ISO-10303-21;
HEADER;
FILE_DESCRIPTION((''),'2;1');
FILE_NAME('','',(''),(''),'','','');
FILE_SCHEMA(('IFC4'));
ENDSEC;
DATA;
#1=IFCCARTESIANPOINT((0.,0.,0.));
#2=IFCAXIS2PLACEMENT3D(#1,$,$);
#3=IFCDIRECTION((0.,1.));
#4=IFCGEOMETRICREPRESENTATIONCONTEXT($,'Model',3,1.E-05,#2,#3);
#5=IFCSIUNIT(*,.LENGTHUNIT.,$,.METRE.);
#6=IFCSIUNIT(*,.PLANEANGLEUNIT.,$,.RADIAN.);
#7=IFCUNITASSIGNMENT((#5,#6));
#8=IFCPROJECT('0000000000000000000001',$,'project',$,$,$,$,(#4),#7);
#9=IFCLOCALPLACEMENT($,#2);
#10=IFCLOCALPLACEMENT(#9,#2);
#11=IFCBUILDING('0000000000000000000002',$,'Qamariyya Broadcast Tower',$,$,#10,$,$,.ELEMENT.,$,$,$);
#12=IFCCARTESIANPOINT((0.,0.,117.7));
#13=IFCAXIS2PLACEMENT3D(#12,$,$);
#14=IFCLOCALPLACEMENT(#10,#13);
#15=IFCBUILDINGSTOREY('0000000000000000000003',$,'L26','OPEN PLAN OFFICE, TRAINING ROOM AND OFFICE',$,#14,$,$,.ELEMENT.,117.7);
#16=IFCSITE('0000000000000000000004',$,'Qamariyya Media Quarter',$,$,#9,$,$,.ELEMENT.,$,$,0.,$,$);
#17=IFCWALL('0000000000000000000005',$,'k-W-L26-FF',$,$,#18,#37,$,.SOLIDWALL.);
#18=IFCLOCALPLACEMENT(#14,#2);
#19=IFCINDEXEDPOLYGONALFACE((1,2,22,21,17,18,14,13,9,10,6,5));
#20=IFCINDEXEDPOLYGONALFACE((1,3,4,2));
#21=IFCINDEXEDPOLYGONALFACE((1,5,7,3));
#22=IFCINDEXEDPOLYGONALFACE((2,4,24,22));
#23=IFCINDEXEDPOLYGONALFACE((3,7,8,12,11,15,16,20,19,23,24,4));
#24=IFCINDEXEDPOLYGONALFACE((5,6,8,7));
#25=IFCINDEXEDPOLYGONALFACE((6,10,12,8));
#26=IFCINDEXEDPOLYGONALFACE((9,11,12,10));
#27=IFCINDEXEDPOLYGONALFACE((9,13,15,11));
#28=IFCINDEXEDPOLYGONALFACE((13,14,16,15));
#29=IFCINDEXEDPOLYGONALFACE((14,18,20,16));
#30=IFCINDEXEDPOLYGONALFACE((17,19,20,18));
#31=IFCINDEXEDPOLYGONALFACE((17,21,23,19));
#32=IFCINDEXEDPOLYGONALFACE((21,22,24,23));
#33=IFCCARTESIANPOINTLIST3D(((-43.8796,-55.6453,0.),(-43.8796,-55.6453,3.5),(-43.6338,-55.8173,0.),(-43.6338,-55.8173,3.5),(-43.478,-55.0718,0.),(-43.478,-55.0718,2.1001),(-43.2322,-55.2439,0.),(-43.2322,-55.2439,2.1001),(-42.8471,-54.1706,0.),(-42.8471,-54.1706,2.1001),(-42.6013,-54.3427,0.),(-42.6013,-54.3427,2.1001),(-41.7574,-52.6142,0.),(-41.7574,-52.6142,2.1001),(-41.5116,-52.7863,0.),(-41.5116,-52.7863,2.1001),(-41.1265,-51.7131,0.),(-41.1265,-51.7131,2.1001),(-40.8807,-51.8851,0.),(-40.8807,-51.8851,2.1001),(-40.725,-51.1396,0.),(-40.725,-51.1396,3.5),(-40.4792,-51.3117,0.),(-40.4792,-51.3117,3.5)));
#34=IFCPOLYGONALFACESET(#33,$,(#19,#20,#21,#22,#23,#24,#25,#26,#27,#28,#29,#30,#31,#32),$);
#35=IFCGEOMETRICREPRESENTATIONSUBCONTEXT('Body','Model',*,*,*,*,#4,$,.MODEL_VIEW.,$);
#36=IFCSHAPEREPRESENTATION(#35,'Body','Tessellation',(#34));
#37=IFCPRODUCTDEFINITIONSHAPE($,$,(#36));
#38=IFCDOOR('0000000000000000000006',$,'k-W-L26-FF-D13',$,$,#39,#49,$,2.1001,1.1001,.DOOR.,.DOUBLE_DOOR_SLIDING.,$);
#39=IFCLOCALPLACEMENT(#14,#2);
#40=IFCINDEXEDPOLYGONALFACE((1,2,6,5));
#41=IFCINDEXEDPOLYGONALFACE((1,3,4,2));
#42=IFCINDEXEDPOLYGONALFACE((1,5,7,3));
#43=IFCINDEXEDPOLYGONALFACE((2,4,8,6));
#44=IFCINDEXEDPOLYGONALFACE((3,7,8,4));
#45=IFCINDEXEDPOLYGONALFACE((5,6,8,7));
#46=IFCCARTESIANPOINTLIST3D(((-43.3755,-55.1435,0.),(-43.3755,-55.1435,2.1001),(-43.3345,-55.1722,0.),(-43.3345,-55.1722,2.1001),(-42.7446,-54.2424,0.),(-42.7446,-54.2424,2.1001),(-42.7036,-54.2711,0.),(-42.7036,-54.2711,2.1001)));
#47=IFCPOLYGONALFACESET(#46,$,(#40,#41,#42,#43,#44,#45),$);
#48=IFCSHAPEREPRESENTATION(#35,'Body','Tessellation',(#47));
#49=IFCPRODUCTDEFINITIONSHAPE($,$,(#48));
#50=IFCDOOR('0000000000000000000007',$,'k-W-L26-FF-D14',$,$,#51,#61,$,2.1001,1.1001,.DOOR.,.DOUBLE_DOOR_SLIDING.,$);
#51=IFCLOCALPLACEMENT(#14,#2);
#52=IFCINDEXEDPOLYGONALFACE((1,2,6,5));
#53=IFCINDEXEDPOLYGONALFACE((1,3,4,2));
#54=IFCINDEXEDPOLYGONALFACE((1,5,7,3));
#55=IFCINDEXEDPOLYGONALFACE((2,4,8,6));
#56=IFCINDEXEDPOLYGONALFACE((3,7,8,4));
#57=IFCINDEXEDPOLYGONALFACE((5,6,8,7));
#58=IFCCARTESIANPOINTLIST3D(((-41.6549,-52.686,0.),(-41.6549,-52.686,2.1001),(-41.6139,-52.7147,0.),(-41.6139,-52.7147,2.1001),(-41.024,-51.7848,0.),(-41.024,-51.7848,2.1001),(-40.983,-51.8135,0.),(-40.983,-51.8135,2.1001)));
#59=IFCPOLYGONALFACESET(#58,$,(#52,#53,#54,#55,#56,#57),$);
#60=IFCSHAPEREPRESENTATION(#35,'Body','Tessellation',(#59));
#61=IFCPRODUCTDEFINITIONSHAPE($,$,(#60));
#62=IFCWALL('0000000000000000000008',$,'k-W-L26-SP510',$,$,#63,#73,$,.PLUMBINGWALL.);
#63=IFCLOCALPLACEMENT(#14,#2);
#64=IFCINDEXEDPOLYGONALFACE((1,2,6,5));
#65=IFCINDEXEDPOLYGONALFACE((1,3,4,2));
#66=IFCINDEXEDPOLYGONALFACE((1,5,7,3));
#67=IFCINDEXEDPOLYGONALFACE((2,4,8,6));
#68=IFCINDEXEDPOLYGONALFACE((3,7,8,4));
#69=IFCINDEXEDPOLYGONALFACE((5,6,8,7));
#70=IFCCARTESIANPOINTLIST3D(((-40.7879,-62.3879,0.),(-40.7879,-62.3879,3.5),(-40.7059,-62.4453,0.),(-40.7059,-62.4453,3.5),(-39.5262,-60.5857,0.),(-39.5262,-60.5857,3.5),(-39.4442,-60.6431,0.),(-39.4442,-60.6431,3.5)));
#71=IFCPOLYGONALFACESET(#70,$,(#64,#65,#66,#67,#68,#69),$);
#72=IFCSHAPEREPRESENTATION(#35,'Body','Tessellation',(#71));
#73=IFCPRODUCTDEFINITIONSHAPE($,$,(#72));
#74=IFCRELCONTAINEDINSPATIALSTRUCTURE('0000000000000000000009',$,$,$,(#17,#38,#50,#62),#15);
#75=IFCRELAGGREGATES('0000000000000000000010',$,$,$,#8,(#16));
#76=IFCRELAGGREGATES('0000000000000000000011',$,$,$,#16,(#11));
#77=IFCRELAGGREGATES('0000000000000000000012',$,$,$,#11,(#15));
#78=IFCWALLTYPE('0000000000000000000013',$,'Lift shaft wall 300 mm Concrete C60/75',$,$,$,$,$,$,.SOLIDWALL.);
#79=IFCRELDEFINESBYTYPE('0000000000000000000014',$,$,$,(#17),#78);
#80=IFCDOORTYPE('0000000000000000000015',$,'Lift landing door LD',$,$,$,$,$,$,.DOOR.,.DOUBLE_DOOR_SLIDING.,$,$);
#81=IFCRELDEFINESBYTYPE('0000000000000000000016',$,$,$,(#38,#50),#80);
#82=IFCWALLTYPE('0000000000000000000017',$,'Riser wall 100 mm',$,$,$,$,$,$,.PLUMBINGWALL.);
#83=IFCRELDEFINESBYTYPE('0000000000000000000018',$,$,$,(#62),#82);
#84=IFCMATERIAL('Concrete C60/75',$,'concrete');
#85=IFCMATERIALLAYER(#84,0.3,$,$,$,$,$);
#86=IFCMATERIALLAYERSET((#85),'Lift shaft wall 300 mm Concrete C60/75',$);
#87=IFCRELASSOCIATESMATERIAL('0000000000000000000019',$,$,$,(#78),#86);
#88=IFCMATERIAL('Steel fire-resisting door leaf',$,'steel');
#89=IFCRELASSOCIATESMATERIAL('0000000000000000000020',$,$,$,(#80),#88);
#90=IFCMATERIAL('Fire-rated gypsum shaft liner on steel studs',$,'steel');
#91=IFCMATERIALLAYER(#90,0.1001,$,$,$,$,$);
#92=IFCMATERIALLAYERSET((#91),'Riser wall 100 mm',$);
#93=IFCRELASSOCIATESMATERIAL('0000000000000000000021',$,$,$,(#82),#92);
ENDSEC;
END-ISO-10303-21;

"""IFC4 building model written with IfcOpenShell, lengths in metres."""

from ifc_helpers import new_model, si_unit, direction, frame, frame_2d, origin, place, context, subcontext, project, spatial, rectangle, extrude, material, layer, layer_set, type_object, element, fill, save


model = new_model("IFC4")

# Units and contexts
model_context = context("Model", 3, precision=1e-05, world=origin(), true_north=direction((0.0, 1.0)))
body_context = subcontext(model_context, "Body", "Model", "MODEL_VIEW")
ifc_project = project(units=[si_unit("LENGTHUNIT", "METRE"), si_unit("PLANEANGLEUNIT", "RADIAN")], contexts=[model_context])

# Site, building, storey
site_placement = place(None, origin())
site = spatial("IfcSite", under=ifc_project, at=site_placement, Name="Qamariyya Media Quarter", CompositionType="ELEMENT", RefElevation=0.0)
building_placement = place(site_placement, origin())
building = spatial("IfcBuilding", under=site, at=building_placement, Name="Qamariyya Broadcast Tower", CompositionType="ELEMENT")
storey_placement = place(building_placement, frame((0.0, 0.0, 117.7)))
storey = spatial("IfcBuildingStorey", under=building, at=storey_placement, Name="L26", Description="OPEN PLAN OFFICE, TRAINING ROOM AND OFFICE", CompositionType="ELEMENT", Elevation=117.7)

# Shared definitions
ifc_material_1 = material(Name="Concrete C60/75", Category="concrete")
ifc_layer_1 = layer(ifc_material_1, 0.3)
ifc_layer_set_1 = layer_set([ifc_layer_1], Name="Lift shaft wall 300 mm Concrete C60/75")
wall_type_1 = type_object("IfcWallType", Name="Lift shaft wall 300 mm Concrete C60/75", PredefinedType="SOLIDWALL", material=ifc_layer_set_1)

# Shared definitions
ifc_material_2 = material(Name="Steel fire-resisting door leaf", Category="steel")

# Wall, openings, doors
wall_1_placement = place(storey_placement, frame((-43.7566, -55.7312, 0.0), z_axis=(0.0, 0.0, 1.0), x_axis=(0.573537, 0.81918, 0.0)))
wall_1 = element("IfcWall", 1, at=wall_1_placement, inside=storey, type_object=wall_type_1, Name="k-W-L26-FF", PredefinedType="SOLIDWALL", context=body_context, shape_type="SweptSolid", body=[
    extrude(rectangle(XDim=5.5002, YDim=0.3, at=frame_2d((2.75, 0.0))), origin(), (0.0, 0.0, 1.0), 3.5),
])
opening_1_placement = place(wall_1_placement, frame((0.7, 0.0, 0.0)))
opening_1 = element("IfcOpeningElement", 2, at=opening_1_placement, cuts=wall_1, PredefinedType="OPENING", context=body_context, shape_type="SweptSolid", body=[
    extrude(rectangle(XDim=1.1001, YDim=2.1001, at=frame_2d((0.55, 1.05))), frame((0.0, 0.1599, 0.0), z_axis=(0.0, -1.0, 0.0), x_axis=(1.0, 0.0, 0.0)), (0.0, 0.0, 1.0), 0.3201),
])
opening_2_placement = place(wall_1_placement, frame((3.7, 0.0, 0.0)))
opening_2 = element("IfcOpeningElement", 3, at=opening_2_placement, cuts=wall_1, PredefinedType="OPENING", context=body_context, shape_type="SweptSolid", body=[
    extrude(rectangle(XDim=1.1001, YDim=2.1001, at=frame_2d((0.55, 1.05))), frame((0.0, 0.1599, 0.0), z_axis=(0.0, -1.0, 0.0), x_axis=(1.0, 0.0, 0.0)), (0.0, 0.0, 1.0), 0.3201),
])
door_type_1 = type_object("IfcDoorType", Name="Lift landing door LD", OperationType="DOUBLE_DOOR_SLIDING", PredefinedType="DOOR", material=ifc_material_2)
door_1_placement = place(opening_1_placement, origin())
door_1 = element("IfcDoor", 4, at=door_1_placement, inside=storey, type_object=door_type_1, Name="k-W-L26-FF-D13", OperationType="DOUBLE_DOOR_SLIDING", OverallHeight=2.1001, OverallWidth=1.1001, PredefinedType="DOOR", context=body_context, shape_type="SweptSolid", body=[
    extrude(rectangle(XDim=1.1001, YDim=2.1001, at=frame_2d((0.55, 1.05))), frame((0.0, 0.0249, 0.0), z_axis=(0.0, -1.0, 0.0), x_axis=(1.0, 0.0, 0.0)), (0.0, 0.0, 1.0), 0.05),
])
fill(opening_1, door_1)
door_2_placement = place(opening_2_placement, origin())
door_2 = element("IfcDoor", 5, at=door_2_placement, inside=storey, type_object=door_type_1, Name="k-W-L26-FF-D14", OperationType="DOUBLE_DOOR_SLIDING", OverallHeight=2.1001, OverallWidth=1.1001, PredefinedType="DOOR", context=body_context, shape_type="SweptSolid", body=[
    extrude(rectangle(XDim=1.1001, YDim=2.1001, at=frame_2d((0.55, 1.05))), frame((0.0, 0.0249, 0.0), z_axis=(0.0, -1.0, 0.0), x_axis=(1.0, 0.0, 0.0)), (0.0, 0.0, 1.0), 0.05),
])
fill(opening_2, door_2)

# Wall
ifc_material_3 = material(Name="Fire-rated gypsum shaft liner on steel studs", Category="steel")
ifc_layer_2 = layer(ifc_material_3, 0.1001)
ifc_layer_set_2 = layer_set([ifc_layer_2], Name="Riser wall 100 mm")
wall_type_2 = type_object("IfcWallType", Name="Riser wall 100 mm", PredefinedType="PLUMBINGWALL", material=ifc_layer_set_2)
wall_2_placement = place(storey_placement, frame((-39.4851, -60.6143, 0.0), z_axis=(0.0, 0.0, 1.0), x_axis=(-0.573507, -0.819201, 0.0)))
element("IfcWall", 6, at=wall_2_placement, inside=storey, type_object=wall_type_2, Name="k-W-L26-SP510", PredefinedType="PLUMBINGWALL", context=body_context, shape_type="SweptSolid", body=[
    extrude(rectangle(XDim=2.2, YDim=0.1001, at=frame_2d((1.1001, 0.0))), origin(), (0.0, 0.0, 1.0), 3.5),
])

save(model, "model.ifc")
